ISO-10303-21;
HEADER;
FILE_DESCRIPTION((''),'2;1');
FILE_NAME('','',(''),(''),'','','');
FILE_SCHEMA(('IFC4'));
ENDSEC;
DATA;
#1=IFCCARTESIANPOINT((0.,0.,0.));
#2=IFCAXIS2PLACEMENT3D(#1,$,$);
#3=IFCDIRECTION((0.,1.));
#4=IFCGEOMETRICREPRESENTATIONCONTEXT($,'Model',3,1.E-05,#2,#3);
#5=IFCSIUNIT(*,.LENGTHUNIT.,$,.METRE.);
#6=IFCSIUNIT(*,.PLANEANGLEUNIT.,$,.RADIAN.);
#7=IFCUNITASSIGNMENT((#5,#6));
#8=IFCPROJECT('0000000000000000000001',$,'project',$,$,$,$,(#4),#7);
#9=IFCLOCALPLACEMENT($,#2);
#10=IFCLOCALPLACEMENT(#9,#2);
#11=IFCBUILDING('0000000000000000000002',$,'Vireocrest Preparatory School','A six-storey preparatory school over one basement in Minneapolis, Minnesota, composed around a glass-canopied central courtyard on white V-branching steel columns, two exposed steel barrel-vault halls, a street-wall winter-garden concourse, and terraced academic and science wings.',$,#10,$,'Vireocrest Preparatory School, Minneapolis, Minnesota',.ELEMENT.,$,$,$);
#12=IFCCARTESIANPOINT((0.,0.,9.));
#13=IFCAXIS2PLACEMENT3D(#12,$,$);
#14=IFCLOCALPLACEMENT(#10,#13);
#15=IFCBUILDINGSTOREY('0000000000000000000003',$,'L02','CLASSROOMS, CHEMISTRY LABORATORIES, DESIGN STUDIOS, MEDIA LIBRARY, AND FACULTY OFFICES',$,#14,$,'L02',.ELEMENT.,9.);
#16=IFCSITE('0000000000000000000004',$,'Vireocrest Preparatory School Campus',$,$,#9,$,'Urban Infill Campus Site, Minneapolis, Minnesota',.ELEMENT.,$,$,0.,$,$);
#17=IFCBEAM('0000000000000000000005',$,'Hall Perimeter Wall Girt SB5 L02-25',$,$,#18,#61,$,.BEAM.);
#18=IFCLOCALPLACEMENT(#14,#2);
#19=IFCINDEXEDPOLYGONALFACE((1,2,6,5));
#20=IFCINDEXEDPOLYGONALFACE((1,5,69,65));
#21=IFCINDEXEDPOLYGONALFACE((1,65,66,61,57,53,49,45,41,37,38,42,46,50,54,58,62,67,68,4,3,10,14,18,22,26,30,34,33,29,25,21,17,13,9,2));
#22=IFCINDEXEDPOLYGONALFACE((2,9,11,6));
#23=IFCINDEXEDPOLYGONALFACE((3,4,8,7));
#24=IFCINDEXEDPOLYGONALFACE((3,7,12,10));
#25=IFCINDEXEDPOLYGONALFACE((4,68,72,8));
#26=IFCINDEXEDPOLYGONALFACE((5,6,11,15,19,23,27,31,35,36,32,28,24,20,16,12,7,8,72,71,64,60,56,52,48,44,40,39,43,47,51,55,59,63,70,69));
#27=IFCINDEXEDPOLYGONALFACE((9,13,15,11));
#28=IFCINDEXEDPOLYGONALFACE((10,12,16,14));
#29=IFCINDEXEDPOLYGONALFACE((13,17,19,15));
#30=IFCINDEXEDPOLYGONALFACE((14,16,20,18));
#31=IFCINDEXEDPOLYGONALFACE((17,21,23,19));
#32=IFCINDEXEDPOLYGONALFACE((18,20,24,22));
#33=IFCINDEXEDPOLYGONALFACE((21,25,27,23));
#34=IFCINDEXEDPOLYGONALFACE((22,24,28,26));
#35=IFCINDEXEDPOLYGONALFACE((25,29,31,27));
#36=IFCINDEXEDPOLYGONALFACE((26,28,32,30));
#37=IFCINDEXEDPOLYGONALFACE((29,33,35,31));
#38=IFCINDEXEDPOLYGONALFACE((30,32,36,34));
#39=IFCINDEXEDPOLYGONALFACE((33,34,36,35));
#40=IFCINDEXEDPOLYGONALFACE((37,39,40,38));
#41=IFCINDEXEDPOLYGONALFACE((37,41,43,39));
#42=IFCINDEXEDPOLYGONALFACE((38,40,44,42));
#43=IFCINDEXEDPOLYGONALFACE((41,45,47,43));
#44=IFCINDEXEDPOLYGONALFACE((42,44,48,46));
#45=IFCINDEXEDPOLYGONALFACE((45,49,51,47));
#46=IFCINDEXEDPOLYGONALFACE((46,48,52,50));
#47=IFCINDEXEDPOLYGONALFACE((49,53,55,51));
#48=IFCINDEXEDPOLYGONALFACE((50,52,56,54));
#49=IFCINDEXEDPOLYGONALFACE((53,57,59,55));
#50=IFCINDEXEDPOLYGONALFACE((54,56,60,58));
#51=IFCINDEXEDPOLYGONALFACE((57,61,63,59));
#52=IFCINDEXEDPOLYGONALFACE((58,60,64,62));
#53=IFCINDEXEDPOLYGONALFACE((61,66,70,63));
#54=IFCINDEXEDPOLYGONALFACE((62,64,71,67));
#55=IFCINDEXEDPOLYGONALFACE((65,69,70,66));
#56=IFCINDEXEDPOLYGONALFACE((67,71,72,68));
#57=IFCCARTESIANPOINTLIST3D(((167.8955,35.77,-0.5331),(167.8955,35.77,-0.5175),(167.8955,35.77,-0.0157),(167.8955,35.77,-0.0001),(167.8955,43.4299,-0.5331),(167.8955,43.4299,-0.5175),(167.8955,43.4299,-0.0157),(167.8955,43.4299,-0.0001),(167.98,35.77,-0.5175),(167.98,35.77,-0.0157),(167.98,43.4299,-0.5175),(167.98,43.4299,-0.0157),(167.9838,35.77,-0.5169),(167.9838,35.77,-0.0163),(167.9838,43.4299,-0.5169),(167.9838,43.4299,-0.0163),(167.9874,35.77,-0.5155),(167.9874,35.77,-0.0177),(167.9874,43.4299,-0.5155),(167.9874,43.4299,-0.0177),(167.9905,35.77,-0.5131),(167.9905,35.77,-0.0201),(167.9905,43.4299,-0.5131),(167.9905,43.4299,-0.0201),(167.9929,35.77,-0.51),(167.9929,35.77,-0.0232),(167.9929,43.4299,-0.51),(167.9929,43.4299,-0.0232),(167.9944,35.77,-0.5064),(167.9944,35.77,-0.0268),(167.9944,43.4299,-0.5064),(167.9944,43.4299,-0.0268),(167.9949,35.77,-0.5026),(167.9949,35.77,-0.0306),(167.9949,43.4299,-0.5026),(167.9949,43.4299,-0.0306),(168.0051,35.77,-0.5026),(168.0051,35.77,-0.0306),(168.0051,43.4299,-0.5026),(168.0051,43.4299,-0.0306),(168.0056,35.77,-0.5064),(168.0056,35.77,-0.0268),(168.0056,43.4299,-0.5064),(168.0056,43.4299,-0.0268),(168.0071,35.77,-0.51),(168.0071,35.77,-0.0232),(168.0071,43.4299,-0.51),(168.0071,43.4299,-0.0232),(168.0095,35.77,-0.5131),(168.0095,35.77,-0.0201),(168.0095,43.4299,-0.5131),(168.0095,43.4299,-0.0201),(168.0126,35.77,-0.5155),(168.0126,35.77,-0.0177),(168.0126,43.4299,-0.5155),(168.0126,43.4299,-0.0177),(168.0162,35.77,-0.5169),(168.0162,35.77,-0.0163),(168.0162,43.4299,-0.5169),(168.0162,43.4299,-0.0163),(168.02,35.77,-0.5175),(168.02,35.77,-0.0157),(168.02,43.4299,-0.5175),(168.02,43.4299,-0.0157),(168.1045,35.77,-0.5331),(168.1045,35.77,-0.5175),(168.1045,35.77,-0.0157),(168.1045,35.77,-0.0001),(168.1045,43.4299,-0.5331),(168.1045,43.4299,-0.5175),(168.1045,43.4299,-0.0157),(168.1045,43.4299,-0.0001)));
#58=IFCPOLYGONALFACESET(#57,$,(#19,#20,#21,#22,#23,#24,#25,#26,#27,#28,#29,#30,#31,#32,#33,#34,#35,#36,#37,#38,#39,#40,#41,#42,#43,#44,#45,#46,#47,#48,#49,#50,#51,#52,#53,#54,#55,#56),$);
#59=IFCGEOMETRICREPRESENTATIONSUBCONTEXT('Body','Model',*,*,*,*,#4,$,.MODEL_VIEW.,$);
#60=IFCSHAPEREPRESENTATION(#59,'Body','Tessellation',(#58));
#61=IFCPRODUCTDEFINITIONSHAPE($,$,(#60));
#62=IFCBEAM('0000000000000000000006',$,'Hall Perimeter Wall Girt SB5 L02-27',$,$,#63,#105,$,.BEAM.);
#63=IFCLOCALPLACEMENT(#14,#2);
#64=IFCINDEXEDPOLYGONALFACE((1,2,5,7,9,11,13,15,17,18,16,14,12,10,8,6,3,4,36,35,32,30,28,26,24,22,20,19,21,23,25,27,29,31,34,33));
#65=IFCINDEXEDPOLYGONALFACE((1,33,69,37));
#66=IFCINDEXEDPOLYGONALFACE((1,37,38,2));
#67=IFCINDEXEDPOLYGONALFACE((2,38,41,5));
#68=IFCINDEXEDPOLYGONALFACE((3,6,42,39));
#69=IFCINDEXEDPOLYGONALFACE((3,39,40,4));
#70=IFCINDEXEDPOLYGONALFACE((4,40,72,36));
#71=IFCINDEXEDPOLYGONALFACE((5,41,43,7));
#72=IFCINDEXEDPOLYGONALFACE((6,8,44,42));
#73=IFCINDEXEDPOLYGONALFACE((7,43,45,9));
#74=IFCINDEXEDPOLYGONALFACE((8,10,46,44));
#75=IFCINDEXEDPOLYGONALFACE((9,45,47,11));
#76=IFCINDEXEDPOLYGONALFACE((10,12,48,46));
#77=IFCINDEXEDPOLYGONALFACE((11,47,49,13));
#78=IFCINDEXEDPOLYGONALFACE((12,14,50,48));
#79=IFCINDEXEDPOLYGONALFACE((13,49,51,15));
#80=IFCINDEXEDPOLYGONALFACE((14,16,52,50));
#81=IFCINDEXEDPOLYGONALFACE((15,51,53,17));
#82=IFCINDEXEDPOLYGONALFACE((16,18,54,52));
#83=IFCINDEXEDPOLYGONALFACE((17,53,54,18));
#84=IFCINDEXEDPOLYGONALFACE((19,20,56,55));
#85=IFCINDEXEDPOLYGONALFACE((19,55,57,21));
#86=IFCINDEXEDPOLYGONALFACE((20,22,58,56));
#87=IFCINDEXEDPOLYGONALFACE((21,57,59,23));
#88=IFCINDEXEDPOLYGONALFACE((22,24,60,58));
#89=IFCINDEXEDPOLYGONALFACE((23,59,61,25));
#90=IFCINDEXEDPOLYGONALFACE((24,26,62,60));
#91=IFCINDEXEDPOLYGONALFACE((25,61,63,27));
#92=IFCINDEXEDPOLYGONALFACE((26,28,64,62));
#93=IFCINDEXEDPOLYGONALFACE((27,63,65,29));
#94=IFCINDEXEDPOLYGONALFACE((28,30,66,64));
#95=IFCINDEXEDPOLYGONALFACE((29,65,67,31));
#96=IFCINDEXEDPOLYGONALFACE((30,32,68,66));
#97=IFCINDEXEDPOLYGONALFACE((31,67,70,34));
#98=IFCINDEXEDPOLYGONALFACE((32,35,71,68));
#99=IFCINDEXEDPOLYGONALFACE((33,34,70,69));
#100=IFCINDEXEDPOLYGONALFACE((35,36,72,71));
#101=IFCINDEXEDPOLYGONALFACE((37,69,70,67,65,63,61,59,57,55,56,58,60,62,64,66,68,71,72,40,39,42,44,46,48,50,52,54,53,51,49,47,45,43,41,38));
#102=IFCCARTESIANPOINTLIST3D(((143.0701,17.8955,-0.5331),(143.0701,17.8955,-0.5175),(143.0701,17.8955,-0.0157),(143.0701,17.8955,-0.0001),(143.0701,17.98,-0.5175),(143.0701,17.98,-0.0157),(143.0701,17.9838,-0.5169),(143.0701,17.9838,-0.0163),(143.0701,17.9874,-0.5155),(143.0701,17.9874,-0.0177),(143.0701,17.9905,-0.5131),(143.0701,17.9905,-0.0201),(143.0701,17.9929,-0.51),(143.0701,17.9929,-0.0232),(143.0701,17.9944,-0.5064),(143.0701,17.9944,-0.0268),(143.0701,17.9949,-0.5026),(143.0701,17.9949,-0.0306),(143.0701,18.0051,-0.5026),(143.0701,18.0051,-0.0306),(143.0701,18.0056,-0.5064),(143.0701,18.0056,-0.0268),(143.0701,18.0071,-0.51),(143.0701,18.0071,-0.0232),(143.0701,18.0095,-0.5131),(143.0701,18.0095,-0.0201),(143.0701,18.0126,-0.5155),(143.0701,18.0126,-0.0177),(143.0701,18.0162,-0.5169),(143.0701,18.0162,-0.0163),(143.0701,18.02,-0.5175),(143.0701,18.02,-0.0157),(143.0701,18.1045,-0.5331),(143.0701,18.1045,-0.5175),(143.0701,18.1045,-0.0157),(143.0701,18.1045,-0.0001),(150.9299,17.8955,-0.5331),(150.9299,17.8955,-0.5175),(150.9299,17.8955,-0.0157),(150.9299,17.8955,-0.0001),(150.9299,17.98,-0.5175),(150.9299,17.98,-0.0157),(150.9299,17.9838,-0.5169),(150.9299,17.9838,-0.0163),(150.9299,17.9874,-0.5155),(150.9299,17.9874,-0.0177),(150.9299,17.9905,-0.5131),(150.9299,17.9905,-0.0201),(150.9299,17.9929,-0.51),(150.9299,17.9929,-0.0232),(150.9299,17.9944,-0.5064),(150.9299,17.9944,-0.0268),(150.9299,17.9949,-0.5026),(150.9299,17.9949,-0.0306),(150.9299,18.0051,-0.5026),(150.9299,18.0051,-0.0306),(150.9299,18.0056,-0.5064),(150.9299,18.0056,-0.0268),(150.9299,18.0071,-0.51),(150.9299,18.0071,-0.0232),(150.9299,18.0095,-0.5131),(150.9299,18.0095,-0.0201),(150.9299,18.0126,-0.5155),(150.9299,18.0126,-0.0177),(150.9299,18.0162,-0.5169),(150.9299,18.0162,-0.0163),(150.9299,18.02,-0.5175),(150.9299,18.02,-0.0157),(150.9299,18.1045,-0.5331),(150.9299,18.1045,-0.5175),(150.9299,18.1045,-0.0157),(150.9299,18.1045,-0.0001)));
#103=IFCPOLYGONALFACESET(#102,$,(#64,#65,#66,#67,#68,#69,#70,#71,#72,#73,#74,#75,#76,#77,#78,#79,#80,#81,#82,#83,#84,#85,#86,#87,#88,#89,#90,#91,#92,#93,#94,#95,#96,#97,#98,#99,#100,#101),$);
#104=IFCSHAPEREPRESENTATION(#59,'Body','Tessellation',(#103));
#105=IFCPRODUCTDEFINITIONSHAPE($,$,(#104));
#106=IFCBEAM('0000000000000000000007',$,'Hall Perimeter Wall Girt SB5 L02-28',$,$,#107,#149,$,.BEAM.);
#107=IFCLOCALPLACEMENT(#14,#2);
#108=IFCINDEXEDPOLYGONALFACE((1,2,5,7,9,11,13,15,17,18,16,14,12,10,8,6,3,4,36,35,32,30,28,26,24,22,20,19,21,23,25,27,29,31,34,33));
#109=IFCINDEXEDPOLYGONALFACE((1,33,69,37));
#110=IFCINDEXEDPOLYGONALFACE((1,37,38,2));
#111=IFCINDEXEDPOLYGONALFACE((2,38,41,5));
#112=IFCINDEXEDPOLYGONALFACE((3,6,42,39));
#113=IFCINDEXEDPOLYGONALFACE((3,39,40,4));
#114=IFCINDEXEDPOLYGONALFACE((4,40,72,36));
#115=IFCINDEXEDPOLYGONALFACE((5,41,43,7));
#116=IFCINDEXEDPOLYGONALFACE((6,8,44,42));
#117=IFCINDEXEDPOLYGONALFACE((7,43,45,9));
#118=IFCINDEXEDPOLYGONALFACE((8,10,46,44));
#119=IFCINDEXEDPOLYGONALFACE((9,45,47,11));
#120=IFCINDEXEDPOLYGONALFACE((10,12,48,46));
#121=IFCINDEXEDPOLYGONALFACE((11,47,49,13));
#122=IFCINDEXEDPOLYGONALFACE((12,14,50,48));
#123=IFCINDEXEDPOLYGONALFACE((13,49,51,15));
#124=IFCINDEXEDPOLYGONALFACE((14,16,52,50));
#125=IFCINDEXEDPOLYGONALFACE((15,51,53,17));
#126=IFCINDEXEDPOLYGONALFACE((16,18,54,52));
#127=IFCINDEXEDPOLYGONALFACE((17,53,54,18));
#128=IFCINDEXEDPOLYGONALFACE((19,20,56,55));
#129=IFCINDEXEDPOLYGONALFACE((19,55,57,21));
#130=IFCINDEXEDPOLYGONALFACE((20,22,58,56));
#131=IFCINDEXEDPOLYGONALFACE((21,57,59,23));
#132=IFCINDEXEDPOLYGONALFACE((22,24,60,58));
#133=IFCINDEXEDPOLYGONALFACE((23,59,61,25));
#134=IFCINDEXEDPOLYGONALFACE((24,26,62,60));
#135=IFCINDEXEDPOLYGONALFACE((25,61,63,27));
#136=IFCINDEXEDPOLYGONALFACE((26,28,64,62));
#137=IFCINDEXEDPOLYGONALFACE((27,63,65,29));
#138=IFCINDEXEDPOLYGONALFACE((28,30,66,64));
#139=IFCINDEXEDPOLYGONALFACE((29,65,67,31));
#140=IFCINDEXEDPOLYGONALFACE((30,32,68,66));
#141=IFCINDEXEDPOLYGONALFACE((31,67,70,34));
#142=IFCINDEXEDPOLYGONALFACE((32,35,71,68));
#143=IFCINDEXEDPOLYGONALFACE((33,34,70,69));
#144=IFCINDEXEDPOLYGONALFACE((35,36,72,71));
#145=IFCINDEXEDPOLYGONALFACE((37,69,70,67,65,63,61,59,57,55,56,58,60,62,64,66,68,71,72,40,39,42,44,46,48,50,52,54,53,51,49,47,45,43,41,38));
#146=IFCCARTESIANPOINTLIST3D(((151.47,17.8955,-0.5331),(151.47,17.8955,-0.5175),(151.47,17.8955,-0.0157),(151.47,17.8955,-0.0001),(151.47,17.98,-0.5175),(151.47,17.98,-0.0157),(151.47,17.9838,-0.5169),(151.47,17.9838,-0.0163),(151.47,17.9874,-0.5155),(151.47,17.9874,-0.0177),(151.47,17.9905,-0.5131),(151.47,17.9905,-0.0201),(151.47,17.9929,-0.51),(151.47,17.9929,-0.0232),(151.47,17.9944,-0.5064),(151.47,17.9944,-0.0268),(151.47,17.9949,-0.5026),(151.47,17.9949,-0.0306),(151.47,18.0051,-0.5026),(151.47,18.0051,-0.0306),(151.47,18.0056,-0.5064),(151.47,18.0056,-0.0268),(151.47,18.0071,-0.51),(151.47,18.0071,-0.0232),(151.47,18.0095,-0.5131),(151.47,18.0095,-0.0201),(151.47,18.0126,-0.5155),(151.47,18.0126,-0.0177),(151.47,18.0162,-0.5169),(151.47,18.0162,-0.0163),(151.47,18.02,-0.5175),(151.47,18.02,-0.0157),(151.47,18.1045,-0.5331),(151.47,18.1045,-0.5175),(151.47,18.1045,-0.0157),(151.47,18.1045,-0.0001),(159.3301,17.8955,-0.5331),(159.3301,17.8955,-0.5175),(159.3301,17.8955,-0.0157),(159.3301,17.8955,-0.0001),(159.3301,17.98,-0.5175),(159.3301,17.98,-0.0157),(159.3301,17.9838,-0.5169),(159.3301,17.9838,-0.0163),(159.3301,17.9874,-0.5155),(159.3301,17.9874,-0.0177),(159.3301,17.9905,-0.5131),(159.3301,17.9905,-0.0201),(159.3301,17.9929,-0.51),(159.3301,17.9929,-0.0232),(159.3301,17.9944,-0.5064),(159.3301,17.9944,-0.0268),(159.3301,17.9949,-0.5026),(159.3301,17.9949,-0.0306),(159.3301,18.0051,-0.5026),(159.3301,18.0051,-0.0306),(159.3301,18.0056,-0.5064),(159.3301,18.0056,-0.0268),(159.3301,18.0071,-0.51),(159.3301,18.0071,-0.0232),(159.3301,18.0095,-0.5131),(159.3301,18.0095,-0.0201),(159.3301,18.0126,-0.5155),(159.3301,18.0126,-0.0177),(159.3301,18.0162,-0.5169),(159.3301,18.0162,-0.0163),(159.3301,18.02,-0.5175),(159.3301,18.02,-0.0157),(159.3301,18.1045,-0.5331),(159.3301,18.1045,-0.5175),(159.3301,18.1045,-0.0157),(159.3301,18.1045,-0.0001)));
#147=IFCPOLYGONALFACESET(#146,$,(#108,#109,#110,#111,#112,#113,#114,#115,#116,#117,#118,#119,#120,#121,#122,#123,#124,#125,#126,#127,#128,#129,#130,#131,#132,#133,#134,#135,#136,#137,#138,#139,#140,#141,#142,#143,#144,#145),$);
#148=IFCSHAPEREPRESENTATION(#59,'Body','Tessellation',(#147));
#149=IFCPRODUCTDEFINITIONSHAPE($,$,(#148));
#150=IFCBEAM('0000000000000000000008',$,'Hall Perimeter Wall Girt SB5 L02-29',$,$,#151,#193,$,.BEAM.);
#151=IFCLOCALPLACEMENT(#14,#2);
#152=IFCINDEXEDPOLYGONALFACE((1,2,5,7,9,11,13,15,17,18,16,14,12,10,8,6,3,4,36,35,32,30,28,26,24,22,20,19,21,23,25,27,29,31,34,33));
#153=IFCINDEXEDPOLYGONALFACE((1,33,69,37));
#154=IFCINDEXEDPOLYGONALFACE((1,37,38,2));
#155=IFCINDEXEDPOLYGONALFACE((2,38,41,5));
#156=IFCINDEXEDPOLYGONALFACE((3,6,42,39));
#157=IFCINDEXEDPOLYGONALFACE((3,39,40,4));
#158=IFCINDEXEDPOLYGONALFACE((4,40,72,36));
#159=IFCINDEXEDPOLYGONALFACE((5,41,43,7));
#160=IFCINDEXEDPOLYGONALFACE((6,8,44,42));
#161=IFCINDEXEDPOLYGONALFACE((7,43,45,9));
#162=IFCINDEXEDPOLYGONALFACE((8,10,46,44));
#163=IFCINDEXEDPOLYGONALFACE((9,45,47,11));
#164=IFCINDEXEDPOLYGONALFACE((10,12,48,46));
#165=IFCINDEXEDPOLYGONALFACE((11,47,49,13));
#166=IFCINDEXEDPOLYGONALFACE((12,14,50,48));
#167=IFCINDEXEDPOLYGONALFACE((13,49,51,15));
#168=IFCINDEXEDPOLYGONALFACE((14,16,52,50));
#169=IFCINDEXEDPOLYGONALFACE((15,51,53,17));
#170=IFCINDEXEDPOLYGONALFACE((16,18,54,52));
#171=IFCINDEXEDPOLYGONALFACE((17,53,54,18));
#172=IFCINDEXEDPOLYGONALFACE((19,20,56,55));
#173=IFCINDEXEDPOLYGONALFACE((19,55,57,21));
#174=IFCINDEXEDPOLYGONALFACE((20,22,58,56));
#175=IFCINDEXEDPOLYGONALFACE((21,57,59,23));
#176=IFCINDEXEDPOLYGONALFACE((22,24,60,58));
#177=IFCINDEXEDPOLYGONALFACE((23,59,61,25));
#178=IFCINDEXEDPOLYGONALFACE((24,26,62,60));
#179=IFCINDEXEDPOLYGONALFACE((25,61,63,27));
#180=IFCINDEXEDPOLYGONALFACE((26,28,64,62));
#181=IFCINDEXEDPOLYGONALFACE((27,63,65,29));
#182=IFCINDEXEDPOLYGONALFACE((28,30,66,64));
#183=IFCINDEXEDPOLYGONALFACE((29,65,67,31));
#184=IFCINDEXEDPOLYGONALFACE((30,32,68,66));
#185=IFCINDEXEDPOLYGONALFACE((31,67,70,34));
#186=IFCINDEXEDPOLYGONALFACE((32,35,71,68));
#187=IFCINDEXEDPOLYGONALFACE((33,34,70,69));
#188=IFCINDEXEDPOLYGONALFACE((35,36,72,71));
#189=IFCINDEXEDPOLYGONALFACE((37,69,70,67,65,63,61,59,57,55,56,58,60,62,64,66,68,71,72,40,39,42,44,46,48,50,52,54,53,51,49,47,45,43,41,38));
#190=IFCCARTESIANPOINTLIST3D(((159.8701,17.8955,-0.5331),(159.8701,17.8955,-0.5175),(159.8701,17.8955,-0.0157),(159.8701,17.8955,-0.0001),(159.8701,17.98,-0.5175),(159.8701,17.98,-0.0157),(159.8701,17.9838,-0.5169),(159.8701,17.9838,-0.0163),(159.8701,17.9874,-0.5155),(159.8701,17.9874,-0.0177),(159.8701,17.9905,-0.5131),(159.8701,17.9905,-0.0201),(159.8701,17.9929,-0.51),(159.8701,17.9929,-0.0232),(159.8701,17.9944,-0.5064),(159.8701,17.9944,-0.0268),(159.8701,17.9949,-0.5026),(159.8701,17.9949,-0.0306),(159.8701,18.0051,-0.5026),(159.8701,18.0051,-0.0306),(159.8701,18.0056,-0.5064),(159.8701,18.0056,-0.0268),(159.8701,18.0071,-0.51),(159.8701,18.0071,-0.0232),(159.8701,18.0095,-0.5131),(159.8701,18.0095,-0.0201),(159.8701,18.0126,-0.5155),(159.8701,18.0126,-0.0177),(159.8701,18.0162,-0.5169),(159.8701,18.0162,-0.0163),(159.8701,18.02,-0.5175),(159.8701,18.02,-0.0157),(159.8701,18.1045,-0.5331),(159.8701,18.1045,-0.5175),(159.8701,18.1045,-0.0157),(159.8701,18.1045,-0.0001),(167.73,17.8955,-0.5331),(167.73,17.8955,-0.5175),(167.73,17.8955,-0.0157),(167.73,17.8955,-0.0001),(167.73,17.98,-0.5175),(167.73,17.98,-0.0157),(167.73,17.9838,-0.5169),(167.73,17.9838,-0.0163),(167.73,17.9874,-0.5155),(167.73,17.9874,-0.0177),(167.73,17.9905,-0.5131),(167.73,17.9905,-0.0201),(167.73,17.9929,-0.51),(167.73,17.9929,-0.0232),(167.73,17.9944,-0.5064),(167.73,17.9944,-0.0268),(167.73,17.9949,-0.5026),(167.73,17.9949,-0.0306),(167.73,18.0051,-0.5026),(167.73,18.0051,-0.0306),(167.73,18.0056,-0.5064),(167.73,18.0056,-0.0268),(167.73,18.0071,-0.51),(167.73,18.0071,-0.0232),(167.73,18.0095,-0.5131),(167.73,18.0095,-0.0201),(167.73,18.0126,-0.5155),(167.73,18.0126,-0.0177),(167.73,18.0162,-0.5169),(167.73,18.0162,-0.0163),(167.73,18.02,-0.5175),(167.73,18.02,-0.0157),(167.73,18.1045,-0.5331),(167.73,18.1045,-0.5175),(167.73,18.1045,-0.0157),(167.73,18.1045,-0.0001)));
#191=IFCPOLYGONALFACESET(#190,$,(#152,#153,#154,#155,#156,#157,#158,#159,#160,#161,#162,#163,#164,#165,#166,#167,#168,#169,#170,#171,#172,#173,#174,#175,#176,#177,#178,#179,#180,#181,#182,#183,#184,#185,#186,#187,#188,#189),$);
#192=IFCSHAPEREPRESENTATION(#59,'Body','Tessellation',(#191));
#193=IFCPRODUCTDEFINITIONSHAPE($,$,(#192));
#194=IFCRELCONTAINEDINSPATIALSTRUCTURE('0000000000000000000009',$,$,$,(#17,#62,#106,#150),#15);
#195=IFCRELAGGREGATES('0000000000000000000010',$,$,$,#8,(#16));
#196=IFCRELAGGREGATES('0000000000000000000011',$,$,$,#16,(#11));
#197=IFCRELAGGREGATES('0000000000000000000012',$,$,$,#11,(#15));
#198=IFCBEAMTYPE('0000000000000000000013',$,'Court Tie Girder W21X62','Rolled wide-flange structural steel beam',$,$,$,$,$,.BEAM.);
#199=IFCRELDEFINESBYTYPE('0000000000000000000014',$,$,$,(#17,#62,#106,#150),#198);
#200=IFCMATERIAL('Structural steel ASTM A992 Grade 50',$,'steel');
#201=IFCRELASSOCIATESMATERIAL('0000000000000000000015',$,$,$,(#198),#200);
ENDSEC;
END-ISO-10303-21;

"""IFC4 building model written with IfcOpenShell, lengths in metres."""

from ifc_helpers import new_model, si_unit, direction, frame, origin, origin_2d, place, context, subcontext, project, spatial, i_section, extrude, material, material_profile, profile_set, type_object, element, save


model = new_model("IFC4")

# Units and contexts
model_context = context("Model", 3, precision=1e-05, world=origin(), true_north=direction((0.0, 1.0)))
body_context = subcontext(model_context, "Body", "Model", "MODEL_VIEW")
ifc_project = project(units=[si_unit("LENGTHUNIT", "METRE"), si_unit("PLANEANGLEUNIT", "RADIAN")], contexts=[model_context])

# Site, building, storey
site_placement = place(None, origin())
site = spatial("IfcSite", under=ifc_project, at=site_placement, Name="Vireocrest Preparatory School Campus", LongName="Urban Infill Campus Site, Minneapolis, Minnesota", CompositionType="ELEMENT", RefElevation=0.0)
building_placement = place(site_placement, origin())
building = spatial("IfcBuilding", under=site, at=building_placement, Name="Vireocrest Preparatory School", Description="A six-storey preparatory school over one basement in Minneapolis, Minnesota, composed around a glass-canopied central courtyard on white V-branching steel columns, two exposed steel barrel-vault halls, a street-wall winter-garden concourse, and terraced academic and science wings.", LongName="Vireocrest Preparatory School, Minneapolis, Minnesota", CompositionType="ELEMENT")
storey_placement = place(building_placement, frame((0.0, 0.0, 9.0)))
storey = spatial("IfcBuildingStorey", under=building, at=storey_placement, Name="L02", Description="CLASSROOMS, CHEMISTRY LABORATORIES, DESIGN STUDIOS, MEDIA LIBRARY, AND FACULTY OFFICES", LongName="L02", CompositionType="ELEMENT", Elevation=9.0)

# Beams
ifc_material_1 = material(Name="Structural steel ASTM A992 Grade 50", Category="steel")
ifc_material_profile_1 = material_profile(ifc_material_1, i_section(OverallWidth=0.209, OverallDepth=0.533, WebThickness=0.0103, FlangeThickness=0.0156, FilletRadius=0.0149, at=origin_2d()), Name="W21X62")
ifc_profile_set_1 = profile_set([ifc_material_profile_1], Name="Structural steel ASTM A992 Grade 50")
beam_type = type_object("IfcBeamType", Name="Court Tie Girder W21X62", Description="Rolled wide-flange structural steel beam", PredefinedType="BEAM", material=ifc_profile_set_1)
for number, where, z_axis, x_axis, name in (
    (1, (168.0, 35.77, -0.2666), (0.0, 1.0, 0.0), (-1.0, 0.0, 0.0), "Hall Perimeter Wall Girt SB5 L02-25"),
):
    element("IfcBeam", number, at=place(storey_placement, frame(where, z_axis=z_axis, x_axis=x_axis)), inside=storey, type_object=beam_type, Name=name, PredefinedType="BEAM", context=body_context, shape_type="SweptSolid", body=[
        extrude(i_section(OverallWidth=0.209, OverallDepth=0.533, WebThickness=0.0103, FlangeThickness=0.0156, FilletRadius=0.0149, at=origin_2d()), origin(), (0.0, 0.0, 1.0), 7.6599),
    ])
beam_1_placement = place(storey_placement, frame((143.0701, 18.0, -0.2666), z_axis=(1.0, 0.0, 0.0), x_axis=(0.0, 1.0, 0.0)))
element("IfcBeam", 2, at=beam_1_placement, inside=storey, type_object=beam_type, Name="Hall Perimeter Wall Girt SB5 L02-27", PredefinedType="BEAM", context=body_context, shape_type="SweptSolid", body=[
    extrude(i_section(OverallWidth=0.209, OverallDepth=0.533, WebThickness=0.0103, FlangeThickness=0.0156, FilletRadius=0.0149, at=origin_2d()), origin(), (0.0, 0.0, 1.0), 7.8599),
])
beam_2_placement = place(storey_placement, frame((151.47, 18.0, -0.2666), z_axis=(1.0, 0.0, 0.0), x_axis=(0.0, 1.0, 0.0)))
element("IfcBeam", 3, at=beam_2_placement, inside=storey, type_object=beam_type, Name="Hall Perimeter Wall Girt SB5 L02-28", PredefinedType="BEAM", context=body_context, shape_type="SweptSolid", body=[
    extrude(i_section(OverallWidth=0.209, OverallDepth=0.533, WebThickness=0.0103, FlangeThickness=0.0156, FilletRadius=0.0149, at=origin_2d()), origin(), (0.0, 0.0, 1.0), 7.8601),
])
beam_3_placement = place(storey_placement, frame((159.8701, 18.0, -0.2666), z_axis=(1.0, 0.0, 0.0), x_axis=(0.0, 1.0, 0.0)))
element("IfcBeam", 4, at=beam_3_placement, inside=storey, type_object=beam_type, Name="Hall Perimeter Wall Girt SB5 L02-29", PredefinedType="BEAM", context=body_context, shape_type="SweptSolid", body=[
    extrude(i_section(OverallWidth=0.209, OverallDepth=0.533, WebThickness=0.0103, FlangeThickness=0.0156, FilletRadius=0.0149, at=origin_2d()), origin(), (0.0, 0.0, 1.0), 7.8599),
])

save(model, "model.ifc")
